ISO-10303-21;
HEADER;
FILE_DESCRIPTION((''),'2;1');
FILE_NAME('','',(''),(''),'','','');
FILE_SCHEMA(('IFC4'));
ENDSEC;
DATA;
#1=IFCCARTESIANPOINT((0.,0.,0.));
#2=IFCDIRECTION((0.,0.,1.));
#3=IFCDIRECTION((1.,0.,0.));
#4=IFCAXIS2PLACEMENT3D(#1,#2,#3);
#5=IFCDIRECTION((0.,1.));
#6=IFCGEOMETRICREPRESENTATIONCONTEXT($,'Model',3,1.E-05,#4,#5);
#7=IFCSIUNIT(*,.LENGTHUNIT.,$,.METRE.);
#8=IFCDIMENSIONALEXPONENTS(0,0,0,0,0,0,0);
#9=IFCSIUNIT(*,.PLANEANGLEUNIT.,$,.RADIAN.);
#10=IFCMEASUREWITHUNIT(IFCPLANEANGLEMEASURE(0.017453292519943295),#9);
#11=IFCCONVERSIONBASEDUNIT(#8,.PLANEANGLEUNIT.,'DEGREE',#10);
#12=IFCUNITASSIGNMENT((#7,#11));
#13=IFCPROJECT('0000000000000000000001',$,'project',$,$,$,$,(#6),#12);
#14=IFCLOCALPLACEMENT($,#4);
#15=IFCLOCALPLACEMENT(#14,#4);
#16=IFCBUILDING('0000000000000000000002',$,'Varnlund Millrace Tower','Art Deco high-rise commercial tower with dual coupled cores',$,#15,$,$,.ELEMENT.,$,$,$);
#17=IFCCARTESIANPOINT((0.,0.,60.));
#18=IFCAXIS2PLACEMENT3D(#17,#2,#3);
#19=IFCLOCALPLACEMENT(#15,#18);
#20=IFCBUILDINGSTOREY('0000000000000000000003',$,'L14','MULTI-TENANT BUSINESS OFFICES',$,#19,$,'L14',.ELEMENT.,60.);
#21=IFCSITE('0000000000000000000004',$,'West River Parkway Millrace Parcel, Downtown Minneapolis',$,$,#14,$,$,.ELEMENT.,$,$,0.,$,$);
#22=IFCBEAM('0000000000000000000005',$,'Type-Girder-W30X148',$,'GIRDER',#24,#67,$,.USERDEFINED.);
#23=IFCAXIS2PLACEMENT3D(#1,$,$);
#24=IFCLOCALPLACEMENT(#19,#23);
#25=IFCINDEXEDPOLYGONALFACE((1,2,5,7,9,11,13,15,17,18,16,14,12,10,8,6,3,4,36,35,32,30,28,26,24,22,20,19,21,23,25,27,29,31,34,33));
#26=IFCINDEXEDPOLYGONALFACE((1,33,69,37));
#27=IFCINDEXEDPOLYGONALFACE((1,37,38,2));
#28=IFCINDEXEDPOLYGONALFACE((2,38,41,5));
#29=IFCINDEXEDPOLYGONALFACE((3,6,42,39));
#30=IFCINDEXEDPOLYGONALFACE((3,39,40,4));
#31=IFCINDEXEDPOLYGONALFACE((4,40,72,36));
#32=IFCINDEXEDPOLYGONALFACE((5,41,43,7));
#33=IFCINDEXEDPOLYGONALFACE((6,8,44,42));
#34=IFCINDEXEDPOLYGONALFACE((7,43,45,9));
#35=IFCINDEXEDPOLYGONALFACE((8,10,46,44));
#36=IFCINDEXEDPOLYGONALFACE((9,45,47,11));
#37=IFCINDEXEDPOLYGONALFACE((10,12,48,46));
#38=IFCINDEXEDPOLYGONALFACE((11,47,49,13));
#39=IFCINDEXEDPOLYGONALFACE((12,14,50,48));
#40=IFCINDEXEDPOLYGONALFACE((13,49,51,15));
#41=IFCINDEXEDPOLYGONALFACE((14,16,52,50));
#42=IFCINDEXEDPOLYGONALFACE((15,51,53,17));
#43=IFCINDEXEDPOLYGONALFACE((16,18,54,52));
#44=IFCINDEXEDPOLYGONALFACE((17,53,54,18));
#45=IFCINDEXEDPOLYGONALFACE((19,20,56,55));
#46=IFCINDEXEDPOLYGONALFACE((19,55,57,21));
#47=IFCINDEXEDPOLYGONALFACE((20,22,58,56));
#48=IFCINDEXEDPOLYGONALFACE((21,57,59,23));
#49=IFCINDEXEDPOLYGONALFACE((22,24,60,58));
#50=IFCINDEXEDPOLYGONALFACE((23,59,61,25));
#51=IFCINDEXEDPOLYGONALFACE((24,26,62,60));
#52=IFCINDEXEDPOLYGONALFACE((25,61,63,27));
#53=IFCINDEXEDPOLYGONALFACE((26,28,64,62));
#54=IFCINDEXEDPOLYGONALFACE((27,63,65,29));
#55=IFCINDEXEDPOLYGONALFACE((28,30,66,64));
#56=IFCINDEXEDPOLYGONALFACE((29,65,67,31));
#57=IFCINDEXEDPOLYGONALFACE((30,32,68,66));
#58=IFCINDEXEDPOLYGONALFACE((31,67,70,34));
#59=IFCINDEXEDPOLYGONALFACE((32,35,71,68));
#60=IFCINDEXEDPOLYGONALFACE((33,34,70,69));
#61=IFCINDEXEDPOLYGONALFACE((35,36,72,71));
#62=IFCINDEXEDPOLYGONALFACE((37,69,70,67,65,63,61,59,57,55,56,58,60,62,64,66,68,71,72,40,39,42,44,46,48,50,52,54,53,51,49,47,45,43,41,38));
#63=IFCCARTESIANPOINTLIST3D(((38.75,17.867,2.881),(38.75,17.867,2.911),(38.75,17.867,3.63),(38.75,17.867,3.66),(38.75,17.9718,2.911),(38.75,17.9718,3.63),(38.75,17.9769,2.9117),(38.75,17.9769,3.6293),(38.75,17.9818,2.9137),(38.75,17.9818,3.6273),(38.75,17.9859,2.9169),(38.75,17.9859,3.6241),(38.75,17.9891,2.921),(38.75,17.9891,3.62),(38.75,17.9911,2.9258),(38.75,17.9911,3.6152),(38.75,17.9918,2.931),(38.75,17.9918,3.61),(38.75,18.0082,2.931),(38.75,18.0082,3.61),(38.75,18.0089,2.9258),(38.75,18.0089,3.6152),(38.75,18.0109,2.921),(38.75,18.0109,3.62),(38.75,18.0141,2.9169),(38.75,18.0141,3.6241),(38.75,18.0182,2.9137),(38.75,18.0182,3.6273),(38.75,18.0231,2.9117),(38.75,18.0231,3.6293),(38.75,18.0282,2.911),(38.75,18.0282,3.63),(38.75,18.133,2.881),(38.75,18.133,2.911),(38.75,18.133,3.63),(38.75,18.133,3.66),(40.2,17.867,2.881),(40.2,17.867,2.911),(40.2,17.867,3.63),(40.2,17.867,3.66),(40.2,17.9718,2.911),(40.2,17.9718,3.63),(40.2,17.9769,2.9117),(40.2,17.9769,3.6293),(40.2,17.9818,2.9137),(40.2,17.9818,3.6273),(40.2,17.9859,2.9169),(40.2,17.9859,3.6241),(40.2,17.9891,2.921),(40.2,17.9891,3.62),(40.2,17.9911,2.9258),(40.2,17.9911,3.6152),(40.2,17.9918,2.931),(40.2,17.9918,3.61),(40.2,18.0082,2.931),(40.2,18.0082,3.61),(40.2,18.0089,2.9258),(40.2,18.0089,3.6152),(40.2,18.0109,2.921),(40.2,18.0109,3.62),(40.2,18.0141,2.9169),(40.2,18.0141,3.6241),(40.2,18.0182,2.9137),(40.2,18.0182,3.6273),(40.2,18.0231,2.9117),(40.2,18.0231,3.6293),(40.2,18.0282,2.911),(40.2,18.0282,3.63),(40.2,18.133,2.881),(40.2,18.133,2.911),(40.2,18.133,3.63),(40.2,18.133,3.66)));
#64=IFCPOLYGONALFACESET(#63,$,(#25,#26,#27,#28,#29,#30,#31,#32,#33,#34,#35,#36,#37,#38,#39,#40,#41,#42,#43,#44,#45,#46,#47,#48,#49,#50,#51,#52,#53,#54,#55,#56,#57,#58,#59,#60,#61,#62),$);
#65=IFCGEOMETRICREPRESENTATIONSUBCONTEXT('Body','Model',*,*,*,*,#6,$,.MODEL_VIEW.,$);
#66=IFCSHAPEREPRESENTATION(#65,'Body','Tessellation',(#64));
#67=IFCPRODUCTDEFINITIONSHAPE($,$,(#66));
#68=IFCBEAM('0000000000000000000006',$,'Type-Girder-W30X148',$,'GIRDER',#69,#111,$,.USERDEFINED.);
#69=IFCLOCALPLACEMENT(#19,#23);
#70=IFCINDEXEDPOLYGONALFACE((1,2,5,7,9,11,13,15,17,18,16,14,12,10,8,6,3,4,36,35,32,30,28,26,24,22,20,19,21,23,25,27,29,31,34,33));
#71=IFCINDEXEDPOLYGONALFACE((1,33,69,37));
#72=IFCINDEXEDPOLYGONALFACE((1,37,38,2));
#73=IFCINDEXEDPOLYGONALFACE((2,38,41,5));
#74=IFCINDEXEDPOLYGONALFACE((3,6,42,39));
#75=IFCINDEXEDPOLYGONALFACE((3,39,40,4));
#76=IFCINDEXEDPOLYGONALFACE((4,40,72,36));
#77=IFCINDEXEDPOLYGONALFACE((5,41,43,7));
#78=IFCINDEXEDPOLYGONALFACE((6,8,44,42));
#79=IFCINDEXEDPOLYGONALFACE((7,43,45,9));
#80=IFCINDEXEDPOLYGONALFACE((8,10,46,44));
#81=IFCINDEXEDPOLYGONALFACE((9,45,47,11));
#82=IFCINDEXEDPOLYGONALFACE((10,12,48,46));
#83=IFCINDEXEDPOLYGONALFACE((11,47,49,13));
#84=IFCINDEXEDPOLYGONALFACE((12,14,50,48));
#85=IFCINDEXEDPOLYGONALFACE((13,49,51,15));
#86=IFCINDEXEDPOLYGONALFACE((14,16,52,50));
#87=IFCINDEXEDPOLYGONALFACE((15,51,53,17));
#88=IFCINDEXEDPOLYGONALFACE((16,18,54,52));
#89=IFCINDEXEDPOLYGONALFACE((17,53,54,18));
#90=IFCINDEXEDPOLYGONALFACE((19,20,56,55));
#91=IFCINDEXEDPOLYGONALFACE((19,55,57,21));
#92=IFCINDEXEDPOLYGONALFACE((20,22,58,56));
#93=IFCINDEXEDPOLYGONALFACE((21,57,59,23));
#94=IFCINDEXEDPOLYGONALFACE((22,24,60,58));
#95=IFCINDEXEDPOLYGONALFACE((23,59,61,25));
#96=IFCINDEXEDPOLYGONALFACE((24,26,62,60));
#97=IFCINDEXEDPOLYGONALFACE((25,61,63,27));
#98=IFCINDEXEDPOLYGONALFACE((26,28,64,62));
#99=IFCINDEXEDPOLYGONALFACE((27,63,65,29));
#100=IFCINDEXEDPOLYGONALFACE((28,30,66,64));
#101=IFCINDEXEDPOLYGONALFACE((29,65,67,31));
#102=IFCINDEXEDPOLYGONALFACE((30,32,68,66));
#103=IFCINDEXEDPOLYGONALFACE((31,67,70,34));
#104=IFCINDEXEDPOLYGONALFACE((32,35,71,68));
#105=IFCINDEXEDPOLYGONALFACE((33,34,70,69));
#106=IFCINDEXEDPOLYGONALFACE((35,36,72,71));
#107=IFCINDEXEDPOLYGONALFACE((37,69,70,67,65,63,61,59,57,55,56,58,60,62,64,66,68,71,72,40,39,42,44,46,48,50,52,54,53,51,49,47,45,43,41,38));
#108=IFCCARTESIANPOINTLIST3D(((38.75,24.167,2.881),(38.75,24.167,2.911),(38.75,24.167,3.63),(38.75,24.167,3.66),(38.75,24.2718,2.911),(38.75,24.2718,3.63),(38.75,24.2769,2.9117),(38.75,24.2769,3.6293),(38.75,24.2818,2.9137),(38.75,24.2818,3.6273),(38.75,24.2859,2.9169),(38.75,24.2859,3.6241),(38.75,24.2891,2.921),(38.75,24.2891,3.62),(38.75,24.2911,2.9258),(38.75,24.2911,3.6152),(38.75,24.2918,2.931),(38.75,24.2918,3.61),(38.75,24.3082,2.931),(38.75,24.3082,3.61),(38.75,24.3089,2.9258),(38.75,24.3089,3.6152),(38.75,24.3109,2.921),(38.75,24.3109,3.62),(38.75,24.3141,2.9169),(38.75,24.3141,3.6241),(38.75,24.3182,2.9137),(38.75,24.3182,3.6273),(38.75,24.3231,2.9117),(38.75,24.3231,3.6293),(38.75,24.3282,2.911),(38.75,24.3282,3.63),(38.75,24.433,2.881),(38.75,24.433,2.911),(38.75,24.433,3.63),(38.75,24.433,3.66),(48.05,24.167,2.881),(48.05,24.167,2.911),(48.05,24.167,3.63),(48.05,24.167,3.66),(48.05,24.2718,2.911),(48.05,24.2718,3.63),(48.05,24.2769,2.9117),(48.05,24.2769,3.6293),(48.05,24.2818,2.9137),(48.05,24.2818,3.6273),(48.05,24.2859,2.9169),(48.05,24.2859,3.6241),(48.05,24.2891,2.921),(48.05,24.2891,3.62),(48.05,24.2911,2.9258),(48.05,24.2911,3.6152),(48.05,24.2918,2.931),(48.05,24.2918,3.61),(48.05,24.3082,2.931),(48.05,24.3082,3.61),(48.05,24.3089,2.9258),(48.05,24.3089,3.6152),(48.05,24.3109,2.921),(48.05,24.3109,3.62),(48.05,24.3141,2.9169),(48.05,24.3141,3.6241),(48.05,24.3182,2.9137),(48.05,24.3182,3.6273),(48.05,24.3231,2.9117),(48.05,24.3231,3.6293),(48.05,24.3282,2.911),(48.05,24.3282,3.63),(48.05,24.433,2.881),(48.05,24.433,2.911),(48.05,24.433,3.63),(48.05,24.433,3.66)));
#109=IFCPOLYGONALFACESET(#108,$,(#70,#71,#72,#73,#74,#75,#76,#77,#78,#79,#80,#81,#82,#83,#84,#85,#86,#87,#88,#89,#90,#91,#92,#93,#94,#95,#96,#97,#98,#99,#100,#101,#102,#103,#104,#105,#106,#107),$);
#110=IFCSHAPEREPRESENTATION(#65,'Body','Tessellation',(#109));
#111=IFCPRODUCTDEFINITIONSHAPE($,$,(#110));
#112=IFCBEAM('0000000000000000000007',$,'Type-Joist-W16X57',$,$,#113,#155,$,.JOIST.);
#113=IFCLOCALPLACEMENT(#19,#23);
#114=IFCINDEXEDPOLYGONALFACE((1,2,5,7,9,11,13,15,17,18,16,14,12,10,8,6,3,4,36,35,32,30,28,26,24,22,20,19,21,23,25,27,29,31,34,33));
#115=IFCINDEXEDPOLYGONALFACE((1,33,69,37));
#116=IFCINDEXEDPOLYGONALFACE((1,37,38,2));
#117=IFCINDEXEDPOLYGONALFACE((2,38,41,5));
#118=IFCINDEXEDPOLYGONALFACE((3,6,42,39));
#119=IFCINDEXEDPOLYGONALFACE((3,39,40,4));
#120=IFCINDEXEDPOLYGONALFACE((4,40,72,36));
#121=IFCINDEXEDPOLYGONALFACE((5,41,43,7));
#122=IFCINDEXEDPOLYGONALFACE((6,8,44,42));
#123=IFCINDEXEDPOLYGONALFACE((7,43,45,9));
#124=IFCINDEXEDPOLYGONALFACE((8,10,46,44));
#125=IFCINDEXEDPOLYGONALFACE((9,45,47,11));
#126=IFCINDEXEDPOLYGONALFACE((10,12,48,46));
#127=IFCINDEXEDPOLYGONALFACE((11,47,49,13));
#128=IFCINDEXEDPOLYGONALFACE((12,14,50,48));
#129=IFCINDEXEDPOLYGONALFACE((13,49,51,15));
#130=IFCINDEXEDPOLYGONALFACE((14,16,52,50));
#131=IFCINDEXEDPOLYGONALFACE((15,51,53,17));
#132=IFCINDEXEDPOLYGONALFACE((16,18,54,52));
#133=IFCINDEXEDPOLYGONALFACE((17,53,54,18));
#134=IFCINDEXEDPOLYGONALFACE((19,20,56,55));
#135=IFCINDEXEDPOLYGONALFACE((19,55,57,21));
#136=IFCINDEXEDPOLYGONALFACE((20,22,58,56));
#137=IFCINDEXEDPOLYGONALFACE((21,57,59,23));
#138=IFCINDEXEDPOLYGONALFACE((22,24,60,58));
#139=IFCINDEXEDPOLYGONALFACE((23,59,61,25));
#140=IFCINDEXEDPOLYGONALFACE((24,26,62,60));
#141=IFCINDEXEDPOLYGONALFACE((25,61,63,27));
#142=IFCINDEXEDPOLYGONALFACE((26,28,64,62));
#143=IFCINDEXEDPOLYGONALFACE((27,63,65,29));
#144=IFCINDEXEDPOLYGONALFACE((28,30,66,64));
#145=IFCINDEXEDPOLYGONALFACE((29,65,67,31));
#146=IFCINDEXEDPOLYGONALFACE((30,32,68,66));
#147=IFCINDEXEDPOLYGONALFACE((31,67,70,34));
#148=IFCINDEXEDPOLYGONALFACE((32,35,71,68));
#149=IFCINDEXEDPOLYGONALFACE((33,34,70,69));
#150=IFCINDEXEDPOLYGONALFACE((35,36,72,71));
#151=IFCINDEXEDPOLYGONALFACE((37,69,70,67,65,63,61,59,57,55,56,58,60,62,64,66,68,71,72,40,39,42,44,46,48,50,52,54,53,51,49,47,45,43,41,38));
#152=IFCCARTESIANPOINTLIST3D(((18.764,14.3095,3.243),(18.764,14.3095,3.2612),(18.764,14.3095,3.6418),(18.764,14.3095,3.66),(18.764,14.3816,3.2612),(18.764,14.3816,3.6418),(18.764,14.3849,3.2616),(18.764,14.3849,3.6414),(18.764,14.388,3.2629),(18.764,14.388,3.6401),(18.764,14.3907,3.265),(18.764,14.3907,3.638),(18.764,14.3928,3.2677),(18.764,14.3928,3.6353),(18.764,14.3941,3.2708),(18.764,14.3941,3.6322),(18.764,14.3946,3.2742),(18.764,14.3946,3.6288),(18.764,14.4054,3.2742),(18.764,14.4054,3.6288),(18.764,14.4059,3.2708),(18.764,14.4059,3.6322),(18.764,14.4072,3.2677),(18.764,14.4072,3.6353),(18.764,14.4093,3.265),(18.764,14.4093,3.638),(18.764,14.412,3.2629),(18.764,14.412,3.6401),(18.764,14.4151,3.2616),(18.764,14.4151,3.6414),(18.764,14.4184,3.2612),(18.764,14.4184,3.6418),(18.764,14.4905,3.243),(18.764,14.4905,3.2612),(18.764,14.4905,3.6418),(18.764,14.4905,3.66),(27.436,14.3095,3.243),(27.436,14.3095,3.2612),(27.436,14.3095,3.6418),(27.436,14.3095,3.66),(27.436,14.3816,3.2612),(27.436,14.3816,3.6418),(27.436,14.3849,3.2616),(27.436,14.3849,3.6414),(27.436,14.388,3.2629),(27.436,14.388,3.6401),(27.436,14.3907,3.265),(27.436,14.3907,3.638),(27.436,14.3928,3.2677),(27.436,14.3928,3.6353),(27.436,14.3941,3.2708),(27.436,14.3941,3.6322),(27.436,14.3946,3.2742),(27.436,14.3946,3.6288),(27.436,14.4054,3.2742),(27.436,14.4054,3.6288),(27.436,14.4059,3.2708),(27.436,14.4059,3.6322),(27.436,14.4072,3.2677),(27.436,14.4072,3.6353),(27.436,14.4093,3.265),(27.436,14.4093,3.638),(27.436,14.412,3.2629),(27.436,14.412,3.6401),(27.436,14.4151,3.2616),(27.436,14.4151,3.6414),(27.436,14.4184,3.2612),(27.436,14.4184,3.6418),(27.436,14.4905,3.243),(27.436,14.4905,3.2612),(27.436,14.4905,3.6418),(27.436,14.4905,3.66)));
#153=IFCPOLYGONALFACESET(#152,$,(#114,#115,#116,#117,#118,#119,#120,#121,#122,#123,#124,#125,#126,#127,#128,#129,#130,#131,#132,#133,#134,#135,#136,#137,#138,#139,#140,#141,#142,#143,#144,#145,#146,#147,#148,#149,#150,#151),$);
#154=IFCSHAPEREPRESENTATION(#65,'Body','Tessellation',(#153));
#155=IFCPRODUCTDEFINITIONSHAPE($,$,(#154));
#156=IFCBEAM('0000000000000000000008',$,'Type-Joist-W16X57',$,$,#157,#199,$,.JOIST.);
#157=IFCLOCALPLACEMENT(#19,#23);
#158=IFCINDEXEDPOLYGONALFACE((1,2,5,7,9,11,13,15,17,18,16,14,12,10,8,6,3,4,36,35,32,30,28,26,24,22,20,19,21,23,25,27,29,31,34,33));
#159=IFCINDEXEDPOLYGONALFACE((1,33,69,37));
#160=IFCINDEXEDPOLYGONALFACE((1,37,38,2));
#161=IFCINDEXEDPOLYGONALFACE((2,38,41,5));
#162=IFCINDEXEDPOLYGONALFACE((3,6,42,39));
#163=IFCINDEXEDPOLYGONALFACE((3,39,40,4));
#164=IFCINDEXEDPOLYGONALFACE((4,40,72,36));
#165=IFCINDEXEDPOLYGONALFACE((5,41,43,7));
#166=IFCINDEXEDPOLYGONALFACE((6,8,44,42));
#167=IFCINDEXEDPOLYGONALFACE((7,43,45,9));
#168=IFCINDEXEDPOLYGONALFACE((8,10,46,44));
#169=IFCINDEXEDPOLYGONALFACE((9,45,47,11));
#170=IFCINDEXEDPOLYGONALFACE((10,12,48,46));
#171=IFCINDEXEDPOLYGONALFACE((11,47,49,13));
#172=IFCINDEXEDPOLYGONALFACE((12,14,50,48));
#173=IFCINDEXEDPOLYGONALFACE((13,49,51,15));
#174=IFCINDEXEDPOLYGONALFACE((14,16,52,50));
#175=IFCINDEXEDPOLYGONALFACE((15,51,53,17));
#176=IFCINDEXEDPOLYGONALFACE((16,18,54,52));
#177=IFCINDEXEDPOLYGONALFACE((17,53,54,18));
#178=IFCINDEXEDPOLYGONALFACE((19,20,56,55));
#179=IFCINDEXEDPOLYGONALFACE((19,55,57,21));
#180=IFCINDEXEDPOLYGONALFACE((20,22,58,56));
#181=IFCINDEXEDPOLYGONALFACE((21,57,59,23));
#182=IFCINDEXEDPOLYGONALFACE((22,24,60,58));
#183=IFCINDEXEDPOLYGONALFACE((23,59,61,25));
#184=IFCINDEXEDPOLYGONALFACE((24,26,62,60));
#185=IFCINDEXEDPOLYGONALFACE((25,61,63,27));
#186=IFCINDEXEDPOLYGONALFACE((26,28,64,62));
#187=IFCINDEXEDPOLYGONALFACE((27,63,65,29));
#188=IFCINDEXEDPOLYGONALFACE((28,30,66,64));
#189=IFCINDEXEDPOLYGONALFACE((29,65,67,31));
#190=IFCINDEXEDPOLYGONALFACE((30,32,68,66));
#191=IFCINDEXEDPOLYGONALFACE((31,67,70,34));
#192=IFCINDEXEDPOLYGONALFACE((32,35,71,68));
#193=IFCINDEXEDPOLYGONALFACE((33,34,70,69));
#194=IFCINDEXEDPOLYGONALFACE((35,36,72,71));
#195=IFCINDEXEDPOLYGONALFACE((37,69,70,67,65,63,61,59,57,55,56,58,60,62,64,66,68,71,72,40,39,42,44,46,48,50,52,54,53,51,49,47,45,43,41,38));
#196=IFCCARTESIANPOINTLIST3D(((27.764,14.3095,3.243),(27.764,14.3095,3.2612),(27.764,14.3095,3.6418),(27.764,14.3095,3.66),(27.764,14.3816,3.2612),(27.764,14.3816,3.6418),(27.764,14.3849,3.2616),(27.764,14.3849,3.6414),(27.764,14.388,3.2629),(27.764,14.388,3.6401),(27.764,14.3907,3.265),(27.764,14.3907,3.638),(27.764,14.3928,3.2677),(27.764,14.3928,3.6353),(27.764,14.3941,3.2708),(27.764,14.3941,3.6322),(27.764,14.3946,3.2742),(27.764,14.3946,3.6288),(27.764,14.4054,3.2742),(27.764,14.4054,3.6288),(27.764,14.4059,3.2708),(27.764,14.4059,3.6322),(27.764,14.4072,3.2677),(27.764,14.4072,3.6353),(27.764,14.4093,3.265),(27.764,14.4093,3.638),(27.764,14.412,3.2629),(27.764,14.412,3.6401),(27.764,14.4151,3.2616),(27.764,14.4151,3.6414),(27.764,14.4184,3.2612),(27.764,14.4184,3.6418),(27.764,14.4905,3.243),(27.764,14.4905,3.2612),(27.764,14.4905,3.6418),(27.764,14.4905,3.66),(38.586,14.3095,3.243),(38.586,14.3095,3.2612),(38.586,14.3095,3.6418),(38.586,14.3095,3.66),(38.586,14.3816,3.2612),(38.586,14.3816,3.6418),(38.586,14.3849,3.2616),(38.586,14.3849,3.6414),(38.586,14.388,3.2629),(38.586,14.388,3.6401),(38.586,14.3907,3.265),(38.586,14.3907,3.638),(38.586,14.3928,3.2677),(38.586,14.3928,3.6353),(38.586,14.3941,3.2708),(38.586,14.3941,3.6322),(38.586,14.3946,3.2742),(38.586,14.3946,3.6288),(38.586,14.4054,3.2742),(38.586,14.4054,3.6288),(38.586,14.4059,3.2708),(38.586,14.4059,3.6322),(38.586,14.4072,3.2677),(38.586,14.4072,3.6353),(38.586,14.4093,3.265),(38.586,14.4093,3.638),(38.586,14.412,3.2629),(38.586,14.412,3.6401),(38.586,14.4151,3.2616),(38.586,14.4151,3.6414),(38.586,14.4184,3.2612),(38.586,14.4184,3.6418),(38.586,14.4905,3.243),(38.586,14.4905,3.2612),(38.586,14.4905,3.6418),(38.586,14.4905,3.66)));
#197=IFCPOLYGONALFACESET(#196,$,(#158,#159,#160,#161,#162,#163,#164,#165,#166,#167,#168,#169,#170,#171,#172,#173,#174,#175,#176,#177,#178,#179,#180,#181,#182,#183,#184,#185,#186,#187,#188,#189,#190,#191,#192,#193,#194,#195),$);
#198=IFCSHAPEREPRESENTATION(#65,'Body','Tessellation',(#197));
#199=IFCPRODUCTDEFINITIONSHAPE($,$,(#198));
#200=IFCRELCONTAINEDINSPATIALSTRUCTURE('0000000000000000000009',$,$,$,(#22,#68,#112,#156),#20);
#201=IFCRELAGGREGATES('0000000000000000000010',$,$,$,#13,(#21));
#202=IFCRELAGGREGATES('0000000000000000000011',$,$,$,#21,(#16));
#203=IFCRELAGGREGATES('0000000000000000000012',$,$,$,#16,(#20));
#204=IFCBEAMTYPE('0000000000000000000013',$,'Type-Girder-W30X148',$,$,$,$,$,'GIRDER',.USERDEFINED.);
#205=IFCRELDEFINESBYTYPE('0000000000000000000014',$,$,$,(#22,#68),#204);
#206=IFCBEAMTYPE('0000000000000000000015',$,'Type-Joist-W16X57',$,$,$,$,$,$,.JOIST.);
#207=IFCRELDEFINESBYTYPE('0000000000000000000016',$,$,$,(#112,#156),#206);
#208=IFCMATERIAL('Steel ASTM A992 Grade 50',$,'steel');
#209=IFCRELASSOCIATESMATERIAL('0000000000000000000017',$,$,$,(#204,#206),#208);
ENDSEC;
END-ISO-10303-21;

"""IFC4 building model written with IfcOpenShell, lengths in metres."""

from ifc_helpers import new_model, entity, si_unit, converted_unit, direction, frame, origin_with_axes, origin_2d_with_axis, place, context, subcontext, project, spatial, i_section, extrude, material, material_profile, profile_set, type_object, element, save


model = new_model("IFC4")

# Units and contexts
model_context = context("Model", 3, precision=1e-05, world=origin_with_axes(), true_north=direction((0.0, 1.0)))
body_context = subcontext(model_context, "Body", "Model", "MODEL_VIEW")
ifc_project = project(units=[si_unit("LENGTHUNIT", "METRE"), converted_unit("PLANEANGLEUNIT", "DEGREE", entity("IfcPlaneAngleMeasure", 0.017453292519943295), si_unit("PLANEANGLEUNIT", "RADIAN"), dimensions=[0, 0, 0, 0, 0, 0, 0])], contexts=[model_context])

# Site, building, storey
site_placement = place(None, origin_with_axes())
site = spatial("IfcSite", under=ifc_project, at=site_placement, Name="West River Parkway Millrace Parcel, Downtown Minneapolis", CompositionType="ELEMENT", RefElevation=0.0)
building_placement = place(site_placement, origin_with_axes())
building = spatial("IfcBuilding", under=site, at=building_placement, Name="Varnlund Millrace Tower", Description="Art Deco high-rise commercial tower with dual coupled cores", CompositionType="ELEMENT")
storey_placement = place(building_placement, frame((0.0, 0.0, 60.0), z_axis=(0.0, 0.0, 1.0), x_axis=(1.0, 0.0, 0.0)))
storey = spatial("IfcBuildingStorey", under=building, at=storey_placement, Name="L14", Description="MULTI-TENANT BUSINESS OFFICES", LongName="L14", CompositionType="ELEMENT", Elevation=60.0)

# Beams
ifc_material_1 = material(Name="Steel ASTM A992 Grade 50", Category="steel")
ifc_material_profile_1 = material_profile(ifc_material_1, i_section(OverallWidth=0.266, OverallDepth=0.779, WebThickness=0.0165, FlangeThickness=0.03, FilletRadius=0.02, at=origin_2d_with_axis()), Name="Steel ASTM A992 Grade 50")
ifc_profile_set_1 = profile_set([ifc_material_profile_1], Name="Steel ASTM A992 Grade 50")
beam_type_1 = type_object("IfcBeamType", Name="Type-Girder-W30X148", ElementType="GIRDER", PredefinedType="USERDEFINED", material=ifc_profile_set_1)
beam_1_placement = place(storey_placement, frame((38.75, 18.0, 3.2705), z_axis=(1.0, 0.0, 0.0), x_axis=(0.0, 1.0, 0.0)))
element("IfcBeam", 1, at=beam_1_placement, inside=storey, type_object=beam_type_1, Name="Type-Girder-W30X148", ObjectType="GIRDER", PredefinedType="USERDEFINED", context=body_context, shape_type="SweptSolid", body=[
    extrude(i_section(OverallWidth=0.266, OverallDepth=0.779, WebThickness=0.0165, FlangeThickness=0.03, FilletRadius=0.02, at=origin_2d_with_axis()), origin_with_axes(), (0.0, 0.0, 1.0), 1.45),
])
beam_2_placement = place(storey_placement, frame((38.75, 24.3, 3.2705), z_axis=(1.0, 0.0, 0.0), x_axis=(0.0, 1.0, 0.0)))
element("IfcBeam", 2, at=beam_2_placement, inside=storey, type_object=beam_type_1, Name="Type-Girder-W30X148", ObjectType="GIRDER", PredefinedType="USERDEFINED", context=body_context, shape_type="SweptSolid", body=[
    extrude(i_section(OverallWidth=0.266, OverallDepth=0.779, WebThickness=0.0165, FlangeThickness=0.03, FilletRadius=0.02, at=origin_2d_with_axis()), origin_with_axes(), (0.0, 0.0, 1.0), 9.3),
])
ifc_material_profile_2 = material_profile(ifc_material_1, i_section(OverallWidth=0.181, OverallDepth=0.417, WebThickness=0.0109, FlangeThickness=0.0182, FilletRadius=0.013, at=origin_2d_with_axis()), Name="Steel ASTM A992 Grade 50")
ifc_profile_set_2 = profile_set([ifc_material_profile_2], Name="Steel ASTM A992 Grade 50")
beam_type_2 = type_object("IfcBeamType", Name="Type-Joist-W16X57", PredefinedType="JOIST", material=ifc_profile_set_2)
beam_3_placement = place(storey_placement, frame((18.764, 14.4, 3.4515), z_axis=(1.0, 0.0, 0.0), x_axis=(0.0, 1.0, 0.0)))
element("IfcBeam", 3, at=beam_3_placement, inside=storey, type_object=beam_type_2, Name="Type-Joist-W16X57", PredefinedType="JOIST", context=body_context, shape_type="SweptSolid", body=[
    extrude(i_section(OverallWidth=0.181, OverallDepth=0.417, WebThickness=0.0109, FlangeThickness=0.0182, FilletRadius=0.013, at=origin_2d_with_axis()), origin_with_axes(), (0.0, 0.0, 1.0), 8.672),
])
beam_4_placement = place(storey_placement, frame((27.764, 14.4, 3.4515), z_axis=(1.0, 0.0, 0.0), x_axis=(0.0, 1.0, 0.0)))
element("IfcBeam", 4, at=beam_4_placement, inside=storey, type_object=beam_type_2, Name="Type-Joist-W16X57", PredefinedType="JOIST", context=body_context, shape_type="SweptSolid", body=[
    extrude(i_section(OverallWidth=0.181, OverallDepth=0.417, WebThickness=0.0109, FlangeThickness=0.0182, FilletRadius=0.013, at=origin_2d_with_axis()), origin_with_axes(), (0.0, 0.0, 1.0), 10.822),
])

save(model, "model.ifc")
